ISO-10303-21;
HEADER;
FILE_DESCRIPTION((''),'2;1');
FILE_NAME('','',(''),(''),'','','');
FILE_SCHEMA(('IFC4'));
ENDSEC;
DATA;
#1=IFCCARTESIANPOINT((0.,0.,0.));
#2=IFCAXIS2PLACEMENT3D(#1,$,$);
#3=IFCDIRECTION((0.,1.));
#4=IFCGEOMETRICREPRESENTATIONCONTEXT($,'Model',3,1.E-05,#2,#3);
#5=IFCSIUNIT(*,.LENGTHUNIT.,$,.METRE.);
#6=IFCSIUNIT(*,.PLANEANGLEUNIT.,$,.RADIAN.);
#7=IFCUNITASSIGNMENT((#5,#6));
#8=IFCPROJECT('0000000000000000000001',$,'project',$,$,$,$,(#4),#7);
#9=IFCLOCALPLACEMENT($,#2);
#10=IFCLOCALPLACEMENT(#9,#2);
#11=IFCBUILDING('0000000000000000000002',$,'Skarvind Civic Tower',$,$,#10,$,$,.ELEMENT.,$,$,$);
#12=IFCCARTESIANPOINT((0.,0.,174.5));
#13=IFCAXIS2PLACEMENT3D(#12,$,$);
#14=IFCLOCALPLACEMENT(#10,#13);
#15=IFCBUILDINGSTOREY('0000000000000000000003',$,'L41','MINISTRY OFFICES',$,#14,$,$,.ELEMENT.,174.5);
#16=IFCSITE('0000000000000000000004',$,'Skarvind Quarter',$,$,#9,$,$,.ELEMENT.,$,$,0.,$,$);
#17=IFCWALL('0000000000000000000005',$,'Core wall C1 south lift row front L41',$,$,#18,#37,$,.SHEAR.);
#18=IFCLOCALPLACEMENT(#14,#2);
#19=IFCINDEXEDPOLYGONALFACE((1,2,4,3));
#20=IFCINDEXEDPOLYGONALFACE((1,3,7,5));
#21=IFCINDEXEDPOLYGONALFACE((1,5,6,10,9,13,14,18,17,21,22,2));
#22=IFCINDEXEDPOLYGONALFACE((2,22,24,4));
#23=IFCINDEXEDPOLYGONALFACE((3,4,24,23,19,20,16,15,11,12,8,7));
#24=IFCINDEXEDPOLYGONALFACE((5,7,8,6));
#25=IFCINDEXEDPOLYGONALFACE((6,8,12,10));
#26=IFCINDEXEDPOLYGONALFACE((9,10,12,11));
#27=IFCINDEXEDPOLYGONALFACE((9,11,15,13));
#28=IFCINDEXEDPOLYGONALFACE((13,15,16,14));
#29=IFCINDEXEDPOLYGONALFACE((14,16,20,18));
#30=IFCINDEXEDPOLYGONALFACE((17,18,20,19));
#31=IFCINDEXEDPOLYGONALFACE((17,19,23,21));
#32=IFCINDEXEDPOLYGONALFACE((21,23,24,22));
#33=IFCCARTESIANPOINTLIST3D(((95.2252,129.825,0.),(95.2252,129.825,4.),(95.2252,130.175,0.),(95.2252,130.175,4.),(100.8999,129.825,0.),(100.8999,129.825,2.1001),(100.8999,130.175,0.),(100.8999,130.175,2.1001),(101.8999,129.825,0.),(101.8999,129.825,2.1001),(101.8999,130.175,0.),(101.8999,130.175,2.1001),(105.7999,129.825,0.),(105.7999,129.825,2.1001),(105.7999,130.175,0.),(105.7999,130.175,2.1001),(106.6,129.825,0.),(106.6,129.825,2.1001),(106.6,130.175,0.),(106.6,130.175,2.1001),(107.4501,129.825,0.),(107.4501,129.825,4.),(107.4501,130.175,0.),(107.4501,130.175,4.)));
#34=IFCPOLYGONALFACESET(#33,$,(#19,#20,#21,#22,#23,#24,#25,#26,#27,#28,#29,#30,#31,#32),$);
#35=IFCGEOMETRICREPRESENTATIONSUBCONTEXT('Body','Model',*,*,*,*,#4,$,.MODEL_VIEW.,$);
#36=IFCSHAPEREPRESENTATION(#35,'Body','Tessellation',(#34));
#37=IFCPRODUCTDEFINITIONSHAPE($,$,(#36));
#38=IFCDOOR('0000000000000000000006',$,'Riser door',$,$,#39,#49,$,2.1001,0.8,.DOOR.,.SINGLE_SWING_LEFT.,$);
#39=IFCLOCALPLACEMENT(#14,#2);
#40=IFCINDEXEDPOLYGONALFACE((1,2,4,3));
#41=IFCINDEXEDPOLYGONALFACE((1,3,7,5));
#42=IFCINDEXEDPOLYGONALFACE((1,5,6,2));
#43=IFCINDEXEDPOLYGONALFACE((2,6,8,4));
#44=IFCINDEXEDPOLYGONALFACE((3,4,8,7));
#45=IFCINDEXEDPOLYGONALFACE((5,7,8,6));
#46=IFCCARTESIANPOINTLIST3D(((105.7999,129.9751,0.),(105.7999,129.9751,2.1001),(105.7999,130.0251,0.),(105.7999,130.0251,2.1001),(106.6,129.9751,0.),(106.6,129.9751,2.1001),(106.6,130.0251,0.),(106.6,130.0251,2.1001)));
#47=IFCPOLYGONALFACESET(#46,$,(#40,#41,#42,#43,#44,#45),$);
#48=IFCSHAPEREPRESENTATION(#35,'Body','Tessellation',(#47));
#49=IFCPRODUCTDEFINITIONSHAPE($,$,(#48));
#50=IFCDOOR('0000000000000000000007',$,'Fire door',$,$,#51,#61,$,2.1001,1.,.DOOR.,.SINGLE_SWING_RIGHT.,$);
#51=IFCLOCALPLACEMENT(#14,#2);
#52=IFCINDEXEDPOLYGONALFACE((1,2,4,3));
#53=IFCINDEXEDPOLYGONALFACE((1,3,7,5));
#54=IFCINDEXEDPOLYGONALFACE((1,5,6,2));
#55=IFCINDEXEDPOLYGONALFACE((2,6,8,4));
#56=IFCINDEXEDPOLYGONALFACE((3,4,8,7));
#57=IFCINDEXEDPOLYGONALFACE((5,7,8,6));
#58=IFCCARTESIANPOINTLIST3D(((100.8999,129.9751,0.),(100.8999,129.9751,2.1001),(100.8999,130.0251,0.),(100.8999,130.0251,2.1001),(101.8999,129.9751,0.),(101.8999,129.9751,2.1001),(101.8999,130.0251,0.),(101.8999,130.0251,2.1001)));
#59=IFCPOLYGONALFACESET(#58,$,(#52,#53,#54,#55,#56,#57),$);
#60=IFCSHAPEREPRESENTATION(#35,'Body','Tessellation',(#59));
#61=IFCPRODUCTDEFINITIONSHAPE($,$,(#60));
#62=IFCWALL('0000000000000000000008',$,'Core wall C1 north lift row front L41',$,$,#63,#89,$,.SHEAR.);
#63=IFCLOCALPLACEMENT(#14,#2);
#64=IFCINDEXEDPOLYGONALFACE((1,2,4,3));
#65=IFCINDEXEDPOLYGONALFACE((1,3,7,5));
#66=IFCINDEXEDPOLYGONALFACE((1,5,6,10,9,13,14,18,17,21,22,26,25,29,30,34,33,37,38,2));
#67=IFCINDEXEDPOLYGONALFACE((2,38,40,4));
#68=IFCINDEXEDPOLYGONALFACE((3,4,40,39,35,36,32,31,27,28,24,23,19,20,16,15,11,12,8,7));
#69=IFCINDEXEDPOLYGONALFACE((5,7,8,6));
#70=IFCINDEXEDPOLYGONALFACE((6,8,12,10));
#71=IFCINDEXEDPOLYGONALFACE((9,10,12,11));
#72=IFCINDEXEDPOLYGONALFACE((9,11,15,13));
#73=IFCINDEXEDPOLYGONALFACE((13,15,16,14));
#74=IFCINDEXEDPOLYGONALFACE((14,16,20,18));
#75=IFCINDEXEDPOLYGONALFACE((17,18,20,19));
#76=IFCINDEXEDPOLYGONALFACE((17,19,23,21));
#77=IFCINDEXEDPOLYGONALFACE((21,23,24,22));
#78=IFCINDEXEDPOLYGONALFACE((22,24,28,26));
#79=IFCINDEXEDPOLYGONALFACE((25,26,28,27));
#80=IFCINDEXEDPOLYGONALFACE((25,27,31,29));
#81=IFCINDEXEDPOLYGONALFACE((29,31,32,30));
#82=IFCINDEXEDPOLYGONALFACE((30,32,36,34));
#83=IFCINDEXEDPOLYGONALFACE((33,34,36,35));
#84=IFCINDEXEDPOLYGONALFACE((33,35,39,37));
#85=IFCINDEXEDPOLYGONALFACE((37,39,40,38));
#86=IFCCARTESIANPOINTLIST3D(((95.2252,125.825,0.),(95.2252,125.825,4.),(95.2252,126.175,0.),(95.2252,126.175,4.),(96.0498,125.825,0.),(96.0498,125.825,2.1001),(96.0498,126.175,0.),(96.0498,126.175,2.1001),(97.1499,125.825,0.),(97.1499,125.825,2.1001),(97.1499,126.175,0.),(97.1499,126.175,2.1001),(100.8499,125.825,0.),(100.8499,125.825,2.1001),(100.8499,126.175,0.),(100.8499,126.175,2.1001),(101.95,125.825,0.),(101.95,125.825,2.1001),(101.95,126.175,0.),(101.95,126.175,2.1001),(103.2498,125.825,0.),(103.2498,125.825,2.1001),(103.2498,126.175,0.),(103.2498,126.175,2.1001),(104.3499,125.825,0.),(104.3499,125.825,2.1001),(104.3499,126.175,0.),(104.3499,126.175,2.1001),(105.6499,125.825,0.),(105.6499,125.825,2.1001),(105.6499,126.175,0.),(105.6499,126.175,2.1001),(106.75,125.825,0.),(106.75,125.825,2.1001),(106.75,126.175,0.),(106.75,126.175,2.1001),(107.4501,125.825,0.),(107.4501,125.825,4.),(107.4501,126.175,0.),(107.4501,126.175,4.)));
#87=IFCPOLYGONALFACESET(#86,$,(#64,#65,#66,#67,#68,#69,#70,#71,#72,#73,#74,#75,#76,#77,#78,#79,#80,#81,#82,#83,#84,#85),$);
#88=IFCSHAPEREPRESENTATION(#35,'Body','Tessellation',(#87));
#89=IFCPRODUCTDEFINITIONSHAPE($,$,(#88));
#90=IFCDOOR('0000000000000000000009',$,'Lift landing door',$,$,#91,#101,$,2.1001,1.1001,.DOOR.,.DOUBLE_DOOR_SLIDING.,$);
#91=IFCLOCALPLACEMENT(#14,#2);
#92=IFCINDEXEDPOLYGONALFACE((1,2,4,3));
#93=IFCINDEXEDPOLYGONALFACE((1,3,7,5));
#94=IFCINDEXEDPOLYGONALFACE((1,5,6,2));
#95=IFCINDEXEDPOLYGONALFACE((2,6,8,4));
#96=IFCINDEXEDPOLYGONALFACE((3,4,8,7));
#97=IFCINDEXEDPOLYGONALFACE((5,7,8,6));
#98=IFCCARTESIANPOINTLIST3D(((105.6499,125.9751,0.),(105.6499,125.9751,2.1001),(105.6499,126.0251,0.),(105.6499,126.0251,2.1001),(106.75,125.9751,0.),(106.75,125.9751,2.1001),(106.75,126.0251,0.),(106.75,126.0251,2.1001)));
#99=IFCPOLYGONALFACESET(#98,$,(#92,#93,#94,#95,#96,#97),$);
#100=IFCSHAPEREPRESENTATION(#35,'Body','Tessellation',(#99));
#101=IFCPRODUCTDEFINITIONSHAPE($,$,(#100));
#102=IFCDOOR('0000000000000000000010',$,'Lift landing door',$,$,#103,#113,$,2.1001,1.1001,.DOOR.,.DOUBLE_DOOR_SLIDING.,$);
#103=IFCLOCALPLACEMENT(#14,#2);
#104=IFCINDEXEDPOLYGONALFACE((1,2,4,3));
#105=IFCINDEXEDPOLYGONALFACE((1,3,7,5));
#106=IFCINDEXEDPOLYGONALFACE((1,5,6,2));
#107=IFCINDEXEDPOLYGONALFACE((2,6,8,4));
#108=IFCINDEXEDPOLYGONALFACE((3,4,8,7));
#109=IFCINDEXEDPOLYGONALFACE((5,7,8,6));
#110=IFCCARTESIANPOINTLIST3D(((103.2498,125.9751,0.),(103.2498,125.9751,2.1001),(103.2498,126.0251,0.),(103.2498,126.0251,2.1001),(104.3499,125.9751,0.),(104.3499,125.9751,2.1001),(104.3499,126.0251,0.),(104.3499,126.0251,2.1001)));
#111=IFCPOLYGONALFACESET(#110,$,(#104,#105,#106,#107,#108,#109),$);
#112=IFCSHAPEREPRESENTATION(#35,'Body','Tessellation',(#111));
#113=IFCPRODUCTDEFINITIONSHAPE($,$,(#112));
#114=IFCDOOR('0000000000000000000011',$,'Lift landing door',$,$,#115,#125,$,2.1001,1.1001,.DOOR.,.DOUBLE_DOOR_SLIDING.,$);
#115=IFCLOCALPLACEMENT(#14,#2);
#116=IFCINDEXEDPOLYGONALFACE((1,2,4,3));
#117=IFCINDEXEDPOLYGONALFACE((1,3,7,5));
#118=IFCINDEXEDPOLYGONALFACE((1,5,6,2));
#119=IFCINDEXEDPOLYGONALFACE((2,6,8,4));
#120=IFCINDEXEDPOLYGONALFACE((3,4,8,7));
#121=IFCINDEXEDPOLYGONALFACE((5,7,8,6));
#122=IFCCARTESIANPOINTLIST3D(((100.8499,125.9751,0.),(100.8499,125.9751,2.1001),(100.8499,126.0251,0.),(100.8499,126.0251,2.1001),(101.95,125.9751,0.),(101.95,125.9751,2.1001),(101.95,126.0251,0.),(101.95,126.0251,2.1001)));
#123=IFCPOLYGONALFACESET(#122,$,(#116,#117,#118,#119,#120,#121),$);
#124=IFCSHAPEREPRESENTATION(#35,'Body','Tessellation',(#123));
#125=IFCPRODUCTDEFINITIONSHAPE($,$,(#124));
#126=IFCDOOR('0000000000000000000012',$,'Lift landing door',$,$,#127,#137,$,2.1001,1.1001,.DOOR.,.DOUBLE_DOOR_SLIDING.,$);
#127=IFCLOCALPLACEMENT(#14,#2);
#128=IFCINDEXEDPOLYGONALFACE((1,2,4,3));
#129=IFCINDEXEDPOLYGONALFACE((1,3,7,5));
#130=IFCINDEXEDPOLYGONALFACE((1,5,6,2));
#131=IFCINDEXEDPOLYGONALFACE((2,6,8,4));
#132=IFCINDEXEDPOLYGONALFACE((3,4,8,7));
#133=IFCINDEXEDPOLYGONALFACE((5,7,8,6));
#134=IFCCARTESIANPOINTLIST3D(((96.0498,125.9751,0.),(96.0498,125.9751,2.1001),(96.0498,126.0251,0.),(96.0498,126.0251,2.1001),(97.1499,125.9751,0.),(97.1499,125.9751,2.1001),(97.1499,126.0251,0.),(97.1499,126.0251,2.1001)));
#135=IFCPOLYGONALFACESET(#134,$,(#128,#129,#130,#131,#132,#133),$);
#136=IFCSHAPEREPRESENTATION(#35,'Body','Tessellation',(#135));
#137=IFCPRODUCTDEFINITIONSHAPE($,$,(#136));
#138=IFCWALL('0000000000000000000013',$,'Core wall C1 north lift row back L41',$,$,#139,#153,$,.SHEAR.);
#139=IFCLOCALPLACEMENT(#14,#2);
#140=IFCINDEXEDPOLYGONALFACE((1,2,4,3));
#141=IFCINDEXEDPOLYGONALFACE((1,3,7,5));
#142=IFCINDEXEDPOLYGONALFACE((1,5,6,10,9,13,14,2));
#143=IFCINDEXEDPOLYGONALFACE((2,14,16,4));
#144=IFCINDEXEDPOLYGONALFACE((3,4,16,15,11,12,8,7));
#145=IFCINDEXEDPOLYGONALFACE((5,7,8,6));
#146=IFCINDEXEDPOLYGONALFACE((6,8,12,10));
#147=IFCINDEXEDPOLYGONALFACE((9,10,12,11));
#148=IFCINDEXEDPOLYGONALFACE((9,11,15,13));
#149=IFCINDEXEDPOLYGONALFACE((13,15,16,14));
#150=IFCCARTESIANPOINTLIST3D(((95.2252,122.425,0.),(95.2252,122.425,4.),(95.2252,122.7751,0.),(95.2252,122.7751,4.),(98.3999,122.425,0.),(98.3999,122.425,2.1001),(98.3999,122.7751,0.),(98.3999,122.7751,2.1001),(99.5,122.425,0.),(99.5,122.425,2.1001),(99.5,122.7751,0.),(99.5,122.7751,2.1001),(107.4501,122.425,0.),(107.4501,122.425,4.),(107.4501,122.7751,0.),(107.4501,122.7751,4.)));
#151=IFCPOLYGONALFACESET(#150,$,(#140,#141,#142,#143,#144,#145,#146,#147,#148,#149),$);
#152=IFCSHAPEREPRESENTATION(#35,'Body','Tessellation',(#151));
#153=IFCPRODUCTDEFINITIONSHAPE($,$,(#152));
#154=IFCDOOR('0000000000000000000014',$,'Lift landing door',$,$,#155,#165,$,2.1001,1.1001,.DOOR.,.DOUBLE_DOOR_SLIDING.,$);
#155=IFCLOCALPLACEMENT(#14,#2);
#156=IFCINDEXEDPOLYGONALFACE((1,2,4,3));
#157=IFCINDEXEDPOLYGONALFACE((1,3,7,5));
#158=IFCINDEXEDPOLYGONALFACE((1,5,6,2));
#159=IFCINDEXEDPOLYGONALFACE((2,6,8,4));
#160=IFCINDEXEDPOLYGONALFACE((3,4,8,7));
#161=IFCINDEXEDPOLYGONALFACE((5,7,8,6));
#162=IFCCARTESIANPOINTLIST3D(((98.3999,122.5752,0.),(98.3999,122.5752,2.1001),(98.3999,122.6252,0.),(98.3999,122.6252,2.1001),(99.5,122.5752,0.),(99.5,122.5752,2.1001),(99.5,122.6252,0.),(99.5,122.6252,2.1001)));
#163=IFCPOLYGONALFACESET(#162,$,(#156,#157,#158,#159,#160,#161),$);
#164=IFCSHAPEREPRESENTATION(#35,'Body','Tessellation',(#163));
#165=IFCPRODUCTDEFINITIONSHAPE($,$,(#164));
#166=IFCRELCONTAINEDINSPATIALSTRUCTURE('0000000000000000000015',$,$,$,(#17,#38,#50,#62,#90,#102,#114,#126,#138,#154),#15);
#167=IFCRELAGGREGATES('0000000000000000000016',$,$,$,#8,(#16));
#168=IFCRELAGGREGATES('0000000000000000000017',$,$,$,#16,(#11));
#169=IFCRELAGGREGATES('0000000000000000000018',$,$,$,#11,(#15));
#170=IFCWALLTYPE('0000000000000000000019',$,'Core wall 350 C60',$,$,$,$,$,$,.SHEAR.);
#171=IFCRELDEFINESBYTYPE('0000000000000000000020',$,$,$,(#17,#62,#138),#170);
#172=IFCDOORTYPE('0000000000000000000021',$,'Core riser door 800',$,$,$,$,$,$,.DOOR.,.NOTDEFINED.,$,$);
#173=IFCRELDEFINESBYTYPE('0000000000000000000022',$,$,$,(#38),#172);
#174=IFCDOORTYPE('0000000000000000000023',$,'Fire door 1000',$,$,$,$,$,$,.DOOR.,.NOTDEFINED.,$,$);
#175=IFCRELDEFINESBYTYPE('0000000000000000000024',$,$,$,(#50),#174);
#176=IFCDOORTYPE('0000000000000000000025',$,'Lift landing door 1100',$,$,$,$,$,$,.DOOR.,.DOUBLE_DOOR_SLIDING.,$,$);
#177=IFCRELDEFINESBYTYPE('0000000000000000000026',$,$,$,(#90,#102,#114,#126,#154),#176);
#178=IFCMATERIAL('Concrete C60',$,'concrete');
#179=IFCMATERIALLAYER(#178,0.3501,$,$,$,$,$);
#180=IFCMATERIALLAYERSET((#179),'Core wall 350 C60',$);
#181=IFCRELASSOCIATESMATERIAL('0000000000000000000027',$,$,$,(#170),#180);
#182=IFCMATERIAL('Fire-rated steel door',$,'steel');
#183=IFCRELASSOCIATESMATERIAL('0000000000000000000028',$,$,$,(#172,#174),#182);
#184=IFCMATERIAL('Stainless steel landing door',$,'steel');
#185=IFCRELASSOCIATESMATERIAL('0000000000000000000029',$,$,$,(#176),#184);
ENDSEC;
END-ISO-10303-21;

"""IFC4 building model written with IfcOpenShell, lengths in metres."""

from ifc_helpers import new_model, si_unit, direction, frame, frame_2d, origin, place, context, subcontext, project, spatial, rectangle, extrude, material, layer, layer_set, type_object, element, fill, save


model = new_model("IFC4")

# Units and contexts
model_context = context("Model", 3, precision=1e-05, world=origin(), true_north=direction((0.0, 1.0)))
body_context = subcontext(model_context, "Body", "Model", "MODEL_VIEW")
ifc_project = project(units=[si_unit("LENGTHUNIT", "METRE"), si_unit("PLANEANGLEUNIT", "RADIAN")], contexts=[model_context])

# Site, building, storey
site_placement = place(None, origin())
site = spatial("IfcSite", under=ifc_project, at=site_placement, Name="Skarvind Quarter", CompositionType="ELEMENT", RefElevation=0.0)
building_placement = place(site_placement, origin())
building = spatial("IfcBuilding", under=site, at=building_placement, Name="Skarvind Civic Tower", CompositionType="ELEMENT")
storey_placement = place(building_placement, frame((0.0, 0.0, 174.5)))
storey = spatial("IfcBuildingStorey", under=building, at=storey_placement, Name="L41", Description="MINISTRY OFFICES", CompositionType="ELEMENT", Elevation=174.5)

# Walls, openings, doors
ifc_material_1 = material(Name="Concrete C60", Category="concrete")
ifc_layer_1 = layer(ifc_material_1, 0.3501)
ifc_layer_set_1 = layer_set([ifc_layer_1], Name="Core wall 350 C60")
wall_type_1 = type_object("IfcWallType", Name="Core wall 350 C60", PredefinedType="SHEAR", material=ifc_layer_set_1)
wall_1_placement = place(storey_placement, frame((107.45, 130.0, 0.0), z_axis=(0.0, 0.0, 1.0), x_axis=(-1.0, 0.0, 0.0)))
wall_1 = element("IfcWall", 1, at=wall_1_placement, inside=storey, type_object=wall_type_1, Name="Core wall C1 south lift row front L41", PredefinedType="SHEAR", context=body_context, shape_type="SweptSolid", body=[
    extrude(rectangle(XDim=12.2249, YDim=0.3501, at=frame_2d((6.1123, 0.0))), origin(), (0.0, 0.0, 1.0), 4.0),
])
opening_1_placement = place(wall_1_placement, frame((0.8501, 0.0, 0.0)))
opening_1 = element("IfcOpeningElement", 2, at=opening_1_placement, cuts=wall_1, PredefinedType="OPENING", context=body_context, shape_type="SweptSolid", body=[
    extrude(rectangle(XDim=0.8, YDim=2.1001, at=frame_2d((0.3999, 1.05))), frame((0.0, 0.1851, 0.0), z_axis=(0.0, -1.0, 0.0), x_axis=(1.0, 0.0, 0.0)), (0.0, 0.0, 1.0), 0.3701),
])
opening_2_placement = place(wall_1_placement, frame((5.55, 0.0, 0.0)))
opening_2 = element("IfcOpeningElement", 3, at=opening_2_placement, cuts=wall_1, PredefinedType="OPENING", context=body_context, shape_type="SweptSolid", body=[
    extrude(rectangle(XDim=1.0, YDim=2.1001, at=frame_2d((0.5, 1.05))), frame((0.0, 0.1851, 0.0), z_axis=(0.0, -1.0, 0.0), x_axis=(1.0, 0.0, 0.0)), (0.0, 0.0, 1.0), 0.3701),
])
ifc_material_2 = material(Name="Fire-rated steel door", Category="steel")
door_type_1 = type_object("IfcDoorType", Name="Core riser door 800", OperationType="NOTDEFINED", PredefinedType="DOOR", material=ifc_material_2)
door_1_placement = place(opening_1_placement, origin())
door_1 = element("IfcDoor", 4, at=door_1_placement, inside=storey, type_object=door_type_1, Name="Riser door", OperationType="SINGLE_SWING_LEFT", OverallHeight=2.1001, OverallWidth=0.8, PredefinedType="DOOR", context=body_context, shape_type="SweptSolid", body=[
    extrude(rectangle(XDim=0.8, YDim=2.1001, at=frame_2d((0.3999, 1.05))), frame((0.0, 0.0249, 0.0), z_axis=(0.0, -1.0, 0.0), x_axis=(1.0, 0.0, 0.0)), (0.0, 0.0, 1.0), 0.05),
])
fill(opening_1, door_1)
door_type_2 = type_object("IfcDoorType", Name="Fire door 1000", OperationType="NOTDEFINED", PredefinedType="DOOR", material=ifc_material_2)
door_2_placement = place(opening_2_placement, origin())
door_2 = element("IfcDoor", 5, at=door_2_placement, inside=storey, type_object=door_type_2, Name="Fire door", OperationType="SINGLE_SWING_RIGHT", OverallHeight=2.1001, OverallWidth=1.0, PredefinedType="DOOR", context=body_context, shape_type="SweptSolid", body=[
    extrude(rectangle(XDim=1.0, YDim=2.1001, at=frame_2d((0.5, 1.05))), frame((0.0, 0.0249, 0.0), z_axis=(0.0, -1.0, 0.0), x_axis=(1.0, 0.0, 0.0)), (0.0, 0.0, 1.0), 0.05),
])
fill(opening_2, door_2)
wall_2_placement = place(storey_placement, frame((107.45, 126.0, 0.0), z_axis=(0.0, 0.0, 1.0), x_axis=(-1.0, 0.0, 0.0)))
wall_2 = element("IfcWall", 6, at=wall_2_placement, inside=storey, type_object=wall_type_1, Name="Core wall C1 north lift row front L41", PredefinedType="SHEAR", context=body_context, shape_type="SweptSolid", body=[
    extrude(rectangle(XDim=12.2249, YDim=0.3501, at=frame_2d((6.1123, 0.0))), origin(), (0.0, 0.0, 1.0), 4.0),
])
opening_3_placement = place(wall_2_placement, frame((0.7, 0.0, 0.0)))
opening_3 = element("IfcOpeningElement", 7, at=opening_3_placement, cuts=wall_2, PredefinedType="OPENING", context=body_context, shape_type="SweptSolid", body=[
    extrude(rectangle(XDim=1.1001, YDim=2.1001, at=frame_2d((0.55, 1.05))), frame((0.0, 0.1851, 0.0), z_axis=(0.0, -1.0, 0.0), x_axis=(1.0, 0.0, 0.0)), (0.0, 0.0, 1.0), 0.3701),
])
opening_4_placement = place(wall_2_placement, frame((3.1001, 0.0, 0.0)))
opening_4 = element("IfcOpeningElement", 8, at=opening_4_placement, cuts=wall_2, PredefinedType="OPENING", context=body_context, shape_type="SweptSolid", body=[
    extrude(rectangle(XDim=1.1001, YDim=2.1001, at=frame_2d((0.55, 1.05))), frame((0.0, 0.1851, 0.0), z_axis=(0.0, -1.0, 0.0), x_axis=(1.0, 0.0, 0.0)), (0.0, 0.0, 1.0), 0.3701),
])
opening_5_placement = place(wall_2_placement, frame((5.5, 0.0, 0.0)))
opening_5 = element("IfcOpeningElement", 9, at=opening_5_placement, cuts=wall_2, PredefinedType="OPENING", context=body_context, shape_type="SweptSolid", body=[
    extrude(rectangle(XDim=1.1001, YDim=2.1001, at=frame_2d((0.55, 1.05))), frame((0.0, 0.1851, 0.0), z_axis=(0.0, -1.0, 0.0), x_axis=(1.0, 0.0, 0.0)), (0.0, 0.0, 1.0), 0.3701),
])
opening_6_placement = place(wall_2_placement, frame((10.3, 0.0, 0.0)))
opening_6 = element("IfcOpeningElement", 10, at=opening_6_placement, cuts=wall_2, PredefinedType="OPENING", context=body_context, shape_type="SweptSolid", body=[
    extrude(rectangle(XDim=1.1001, YDim=2.1001, at=frame_2d((0.55, 1.05))), frame((0.0, 0.1851, 0.0), z_axis=(0.0, -1.0, 0.0), x_axis=(1.0, 0.0, 0.0)), (0.0, 0.0, 1.0), 0.3701),
])
ifc_material_3 = material(Name="Stainless steel landing door", Category="steel")
door_type_3 = type_object("IfcDoorType", Name="Lift landing door 1100", OperationType="DOUBLE_DOOR_SLIDING", PredefinedType="DOOR", material=ifc_material_3)
door_3_placement = place(opening_3_placement, origin())
door_3 = element("IfcDoor", 11, at=door_3_placement, inside=storey, type_object=door_type_3, Name="Lift landing door", OperationType="DOUBLE_DOOR_SLIDING", OverallHeight=2.1001, OverallWidth=1.1001, PredefinedType="DOOR", context=body_context, shape_type="SweptSolid", body=[
    extrude(rectangle(XDim=1.1001, YDim=2.1001, at=frame_2d((0.55, 1.05))), frame((0.0, 0.0249, 0.0), z_axis=(0.0, -1.0, 0.0), x_axis=(1.0, 0.0, 0.0)), (0.0, 0.0, 1.0), 0.05),
])
fill(opening_3, door_3)
door_4_placement = place(opening_4_placement, origin())
door_4 = element("IfcDoor", 12, at=door_4_placement, inside=storey, type_object=door_type_3, Name="Lift landing door", OperationType="DOUBLE_DOOR_SLIDING", OverallHeight=2.1001, OverallWidth=1.1001, PredefinedType="DOOR", context=body_context, shape_type="SweptSolid", body=[
    extrude(rectangle(XDim=1.1001, YDim=2.1001, at=frame_2d((0.55, 1.05))), frame((0.0, 0.0249, 0.0), z_axis=(0.0, -1.0, 0.0), x_axis=(1.0, 0.0, 0.0)), (0.0, 0.0, 1.0), 0.05),
])
fill(opening_4, door_4)
door_5_placement = place(opening_5_placement, origin())
door_5 = element("IfcDoor", 13, at=door_5_placement, inside=storey, type_object=door_type_3, Name="Lift landing door", OperationType="DOUBLE_DOOR_SLIDING", OverallHeight=2.1001, OverallWidth=1.1001, PredefinedType="DOOR", context=body_context, shape_type="SweptSolid", body=[
    extrude(rectangle(XDim=1.1001, YDim=2.1001, at=frame_2d((0.55, 1.05))), frame((0.0, 0.0249, 0.0), z_axis=(0.0, -1.0, 0.0), x_axis=(1.0, 0.0, 0.0)), (0.0, 0.0, 1.0), 0.05),
])
fill(opening_5, door_5)
door_6_placement = place(opening_6_placement, origin())
door_6 = element("IfcDoor", 14, at=door_6_placement, inside=storey, type_object=door_type_3, Name="Lift landing door", OperationType="DOUBLE_DOOR_SLIDING", OverallHeight=2.1001, OverallWidth=1.1001, PredefinedType="DOOR", context=body_context, shape_type="SweptSolid", body=[
    extrude(rectangle(XDim=1.1001, YDim=2.1001, at=frame_2d((0.55, 1.05))), frame((0.0, 0.0249, 0.0), z_axis=(0.0, -1.0, 0.0), x_axis=(1.0, 0.0, 0.0)), (0.0, 0.0, 1.0), 0.05),
])
fill(opening_6, door_6)

# Wall, opening, door
wall_3_placement = place(storey_placement, frame((107.45, 122.6001, 0.0), z_axis=(0.0, 0.0, 1.0), x_axis=(-1.0, 0.0, 0.0)))
wall_3 = element("IfcWall", 15, at=wall_3_placement, inside=storey, type_object=wall_type_1, Name="Core wall C1 north lift row back L41", PredefinedType="SHEAR", context=body_context, shape_type="SweptSolid", body=[
    extrude(rectangle(XDim=12.2249, YDim=0.3501, at=frame_2d((6.1123, 0.0))), origin(), (0.0, 0.0, 1.0), 4.0),
])
opening_7_placement = place(wall_3_placement, frame((7.95, 0.0, 0.0)))
opening_7 = element("IfcOpeningElement", 16, at=opening_7_placement, cuts=wall_3, PredefinedType="OPENING", context=body_context, shape_type="SweptSolid", body=[
    extrude(rectangle(XDim=1.1001, YDim=2.1001, at=frame_2d((0.55, 1.05))), frame((0.0, 0.1851, 0.0), z_axis=(0.0, -1.0, 0.0), x_axis=(1.0, 0.0, 0.0)), (0.0, 0.0, 1.0), 0.3701),
])
door_7_placement = place(opening_7_placement, origin())
door_7 = element("IfcDoor", 17, at=door_7_placement, inside=storey, type_object=door_type_3, Name="Lift landing door", OperationType="DOUBLE_DOOR_SLIDING", OverallHeight=2.1001, OverallWidth=1.1001, PredefinedType="DOOR", context=body_context, shape_type="SweptSolid", body=[
    extrude(rectangle(XDim=1.1001, YDim=2.1001, at=frame_2d((0.55, 1.05))), frame((0.0, 0.0249, 0.0), z_axis=(0.0, -1.0, 0.0), x_axis=(1.0, 0.0, 0.0)), (0.0, 0.0, 1.0), 0.05),
])
fill(opening_7, door_7)

save(model, "model.ifc")
